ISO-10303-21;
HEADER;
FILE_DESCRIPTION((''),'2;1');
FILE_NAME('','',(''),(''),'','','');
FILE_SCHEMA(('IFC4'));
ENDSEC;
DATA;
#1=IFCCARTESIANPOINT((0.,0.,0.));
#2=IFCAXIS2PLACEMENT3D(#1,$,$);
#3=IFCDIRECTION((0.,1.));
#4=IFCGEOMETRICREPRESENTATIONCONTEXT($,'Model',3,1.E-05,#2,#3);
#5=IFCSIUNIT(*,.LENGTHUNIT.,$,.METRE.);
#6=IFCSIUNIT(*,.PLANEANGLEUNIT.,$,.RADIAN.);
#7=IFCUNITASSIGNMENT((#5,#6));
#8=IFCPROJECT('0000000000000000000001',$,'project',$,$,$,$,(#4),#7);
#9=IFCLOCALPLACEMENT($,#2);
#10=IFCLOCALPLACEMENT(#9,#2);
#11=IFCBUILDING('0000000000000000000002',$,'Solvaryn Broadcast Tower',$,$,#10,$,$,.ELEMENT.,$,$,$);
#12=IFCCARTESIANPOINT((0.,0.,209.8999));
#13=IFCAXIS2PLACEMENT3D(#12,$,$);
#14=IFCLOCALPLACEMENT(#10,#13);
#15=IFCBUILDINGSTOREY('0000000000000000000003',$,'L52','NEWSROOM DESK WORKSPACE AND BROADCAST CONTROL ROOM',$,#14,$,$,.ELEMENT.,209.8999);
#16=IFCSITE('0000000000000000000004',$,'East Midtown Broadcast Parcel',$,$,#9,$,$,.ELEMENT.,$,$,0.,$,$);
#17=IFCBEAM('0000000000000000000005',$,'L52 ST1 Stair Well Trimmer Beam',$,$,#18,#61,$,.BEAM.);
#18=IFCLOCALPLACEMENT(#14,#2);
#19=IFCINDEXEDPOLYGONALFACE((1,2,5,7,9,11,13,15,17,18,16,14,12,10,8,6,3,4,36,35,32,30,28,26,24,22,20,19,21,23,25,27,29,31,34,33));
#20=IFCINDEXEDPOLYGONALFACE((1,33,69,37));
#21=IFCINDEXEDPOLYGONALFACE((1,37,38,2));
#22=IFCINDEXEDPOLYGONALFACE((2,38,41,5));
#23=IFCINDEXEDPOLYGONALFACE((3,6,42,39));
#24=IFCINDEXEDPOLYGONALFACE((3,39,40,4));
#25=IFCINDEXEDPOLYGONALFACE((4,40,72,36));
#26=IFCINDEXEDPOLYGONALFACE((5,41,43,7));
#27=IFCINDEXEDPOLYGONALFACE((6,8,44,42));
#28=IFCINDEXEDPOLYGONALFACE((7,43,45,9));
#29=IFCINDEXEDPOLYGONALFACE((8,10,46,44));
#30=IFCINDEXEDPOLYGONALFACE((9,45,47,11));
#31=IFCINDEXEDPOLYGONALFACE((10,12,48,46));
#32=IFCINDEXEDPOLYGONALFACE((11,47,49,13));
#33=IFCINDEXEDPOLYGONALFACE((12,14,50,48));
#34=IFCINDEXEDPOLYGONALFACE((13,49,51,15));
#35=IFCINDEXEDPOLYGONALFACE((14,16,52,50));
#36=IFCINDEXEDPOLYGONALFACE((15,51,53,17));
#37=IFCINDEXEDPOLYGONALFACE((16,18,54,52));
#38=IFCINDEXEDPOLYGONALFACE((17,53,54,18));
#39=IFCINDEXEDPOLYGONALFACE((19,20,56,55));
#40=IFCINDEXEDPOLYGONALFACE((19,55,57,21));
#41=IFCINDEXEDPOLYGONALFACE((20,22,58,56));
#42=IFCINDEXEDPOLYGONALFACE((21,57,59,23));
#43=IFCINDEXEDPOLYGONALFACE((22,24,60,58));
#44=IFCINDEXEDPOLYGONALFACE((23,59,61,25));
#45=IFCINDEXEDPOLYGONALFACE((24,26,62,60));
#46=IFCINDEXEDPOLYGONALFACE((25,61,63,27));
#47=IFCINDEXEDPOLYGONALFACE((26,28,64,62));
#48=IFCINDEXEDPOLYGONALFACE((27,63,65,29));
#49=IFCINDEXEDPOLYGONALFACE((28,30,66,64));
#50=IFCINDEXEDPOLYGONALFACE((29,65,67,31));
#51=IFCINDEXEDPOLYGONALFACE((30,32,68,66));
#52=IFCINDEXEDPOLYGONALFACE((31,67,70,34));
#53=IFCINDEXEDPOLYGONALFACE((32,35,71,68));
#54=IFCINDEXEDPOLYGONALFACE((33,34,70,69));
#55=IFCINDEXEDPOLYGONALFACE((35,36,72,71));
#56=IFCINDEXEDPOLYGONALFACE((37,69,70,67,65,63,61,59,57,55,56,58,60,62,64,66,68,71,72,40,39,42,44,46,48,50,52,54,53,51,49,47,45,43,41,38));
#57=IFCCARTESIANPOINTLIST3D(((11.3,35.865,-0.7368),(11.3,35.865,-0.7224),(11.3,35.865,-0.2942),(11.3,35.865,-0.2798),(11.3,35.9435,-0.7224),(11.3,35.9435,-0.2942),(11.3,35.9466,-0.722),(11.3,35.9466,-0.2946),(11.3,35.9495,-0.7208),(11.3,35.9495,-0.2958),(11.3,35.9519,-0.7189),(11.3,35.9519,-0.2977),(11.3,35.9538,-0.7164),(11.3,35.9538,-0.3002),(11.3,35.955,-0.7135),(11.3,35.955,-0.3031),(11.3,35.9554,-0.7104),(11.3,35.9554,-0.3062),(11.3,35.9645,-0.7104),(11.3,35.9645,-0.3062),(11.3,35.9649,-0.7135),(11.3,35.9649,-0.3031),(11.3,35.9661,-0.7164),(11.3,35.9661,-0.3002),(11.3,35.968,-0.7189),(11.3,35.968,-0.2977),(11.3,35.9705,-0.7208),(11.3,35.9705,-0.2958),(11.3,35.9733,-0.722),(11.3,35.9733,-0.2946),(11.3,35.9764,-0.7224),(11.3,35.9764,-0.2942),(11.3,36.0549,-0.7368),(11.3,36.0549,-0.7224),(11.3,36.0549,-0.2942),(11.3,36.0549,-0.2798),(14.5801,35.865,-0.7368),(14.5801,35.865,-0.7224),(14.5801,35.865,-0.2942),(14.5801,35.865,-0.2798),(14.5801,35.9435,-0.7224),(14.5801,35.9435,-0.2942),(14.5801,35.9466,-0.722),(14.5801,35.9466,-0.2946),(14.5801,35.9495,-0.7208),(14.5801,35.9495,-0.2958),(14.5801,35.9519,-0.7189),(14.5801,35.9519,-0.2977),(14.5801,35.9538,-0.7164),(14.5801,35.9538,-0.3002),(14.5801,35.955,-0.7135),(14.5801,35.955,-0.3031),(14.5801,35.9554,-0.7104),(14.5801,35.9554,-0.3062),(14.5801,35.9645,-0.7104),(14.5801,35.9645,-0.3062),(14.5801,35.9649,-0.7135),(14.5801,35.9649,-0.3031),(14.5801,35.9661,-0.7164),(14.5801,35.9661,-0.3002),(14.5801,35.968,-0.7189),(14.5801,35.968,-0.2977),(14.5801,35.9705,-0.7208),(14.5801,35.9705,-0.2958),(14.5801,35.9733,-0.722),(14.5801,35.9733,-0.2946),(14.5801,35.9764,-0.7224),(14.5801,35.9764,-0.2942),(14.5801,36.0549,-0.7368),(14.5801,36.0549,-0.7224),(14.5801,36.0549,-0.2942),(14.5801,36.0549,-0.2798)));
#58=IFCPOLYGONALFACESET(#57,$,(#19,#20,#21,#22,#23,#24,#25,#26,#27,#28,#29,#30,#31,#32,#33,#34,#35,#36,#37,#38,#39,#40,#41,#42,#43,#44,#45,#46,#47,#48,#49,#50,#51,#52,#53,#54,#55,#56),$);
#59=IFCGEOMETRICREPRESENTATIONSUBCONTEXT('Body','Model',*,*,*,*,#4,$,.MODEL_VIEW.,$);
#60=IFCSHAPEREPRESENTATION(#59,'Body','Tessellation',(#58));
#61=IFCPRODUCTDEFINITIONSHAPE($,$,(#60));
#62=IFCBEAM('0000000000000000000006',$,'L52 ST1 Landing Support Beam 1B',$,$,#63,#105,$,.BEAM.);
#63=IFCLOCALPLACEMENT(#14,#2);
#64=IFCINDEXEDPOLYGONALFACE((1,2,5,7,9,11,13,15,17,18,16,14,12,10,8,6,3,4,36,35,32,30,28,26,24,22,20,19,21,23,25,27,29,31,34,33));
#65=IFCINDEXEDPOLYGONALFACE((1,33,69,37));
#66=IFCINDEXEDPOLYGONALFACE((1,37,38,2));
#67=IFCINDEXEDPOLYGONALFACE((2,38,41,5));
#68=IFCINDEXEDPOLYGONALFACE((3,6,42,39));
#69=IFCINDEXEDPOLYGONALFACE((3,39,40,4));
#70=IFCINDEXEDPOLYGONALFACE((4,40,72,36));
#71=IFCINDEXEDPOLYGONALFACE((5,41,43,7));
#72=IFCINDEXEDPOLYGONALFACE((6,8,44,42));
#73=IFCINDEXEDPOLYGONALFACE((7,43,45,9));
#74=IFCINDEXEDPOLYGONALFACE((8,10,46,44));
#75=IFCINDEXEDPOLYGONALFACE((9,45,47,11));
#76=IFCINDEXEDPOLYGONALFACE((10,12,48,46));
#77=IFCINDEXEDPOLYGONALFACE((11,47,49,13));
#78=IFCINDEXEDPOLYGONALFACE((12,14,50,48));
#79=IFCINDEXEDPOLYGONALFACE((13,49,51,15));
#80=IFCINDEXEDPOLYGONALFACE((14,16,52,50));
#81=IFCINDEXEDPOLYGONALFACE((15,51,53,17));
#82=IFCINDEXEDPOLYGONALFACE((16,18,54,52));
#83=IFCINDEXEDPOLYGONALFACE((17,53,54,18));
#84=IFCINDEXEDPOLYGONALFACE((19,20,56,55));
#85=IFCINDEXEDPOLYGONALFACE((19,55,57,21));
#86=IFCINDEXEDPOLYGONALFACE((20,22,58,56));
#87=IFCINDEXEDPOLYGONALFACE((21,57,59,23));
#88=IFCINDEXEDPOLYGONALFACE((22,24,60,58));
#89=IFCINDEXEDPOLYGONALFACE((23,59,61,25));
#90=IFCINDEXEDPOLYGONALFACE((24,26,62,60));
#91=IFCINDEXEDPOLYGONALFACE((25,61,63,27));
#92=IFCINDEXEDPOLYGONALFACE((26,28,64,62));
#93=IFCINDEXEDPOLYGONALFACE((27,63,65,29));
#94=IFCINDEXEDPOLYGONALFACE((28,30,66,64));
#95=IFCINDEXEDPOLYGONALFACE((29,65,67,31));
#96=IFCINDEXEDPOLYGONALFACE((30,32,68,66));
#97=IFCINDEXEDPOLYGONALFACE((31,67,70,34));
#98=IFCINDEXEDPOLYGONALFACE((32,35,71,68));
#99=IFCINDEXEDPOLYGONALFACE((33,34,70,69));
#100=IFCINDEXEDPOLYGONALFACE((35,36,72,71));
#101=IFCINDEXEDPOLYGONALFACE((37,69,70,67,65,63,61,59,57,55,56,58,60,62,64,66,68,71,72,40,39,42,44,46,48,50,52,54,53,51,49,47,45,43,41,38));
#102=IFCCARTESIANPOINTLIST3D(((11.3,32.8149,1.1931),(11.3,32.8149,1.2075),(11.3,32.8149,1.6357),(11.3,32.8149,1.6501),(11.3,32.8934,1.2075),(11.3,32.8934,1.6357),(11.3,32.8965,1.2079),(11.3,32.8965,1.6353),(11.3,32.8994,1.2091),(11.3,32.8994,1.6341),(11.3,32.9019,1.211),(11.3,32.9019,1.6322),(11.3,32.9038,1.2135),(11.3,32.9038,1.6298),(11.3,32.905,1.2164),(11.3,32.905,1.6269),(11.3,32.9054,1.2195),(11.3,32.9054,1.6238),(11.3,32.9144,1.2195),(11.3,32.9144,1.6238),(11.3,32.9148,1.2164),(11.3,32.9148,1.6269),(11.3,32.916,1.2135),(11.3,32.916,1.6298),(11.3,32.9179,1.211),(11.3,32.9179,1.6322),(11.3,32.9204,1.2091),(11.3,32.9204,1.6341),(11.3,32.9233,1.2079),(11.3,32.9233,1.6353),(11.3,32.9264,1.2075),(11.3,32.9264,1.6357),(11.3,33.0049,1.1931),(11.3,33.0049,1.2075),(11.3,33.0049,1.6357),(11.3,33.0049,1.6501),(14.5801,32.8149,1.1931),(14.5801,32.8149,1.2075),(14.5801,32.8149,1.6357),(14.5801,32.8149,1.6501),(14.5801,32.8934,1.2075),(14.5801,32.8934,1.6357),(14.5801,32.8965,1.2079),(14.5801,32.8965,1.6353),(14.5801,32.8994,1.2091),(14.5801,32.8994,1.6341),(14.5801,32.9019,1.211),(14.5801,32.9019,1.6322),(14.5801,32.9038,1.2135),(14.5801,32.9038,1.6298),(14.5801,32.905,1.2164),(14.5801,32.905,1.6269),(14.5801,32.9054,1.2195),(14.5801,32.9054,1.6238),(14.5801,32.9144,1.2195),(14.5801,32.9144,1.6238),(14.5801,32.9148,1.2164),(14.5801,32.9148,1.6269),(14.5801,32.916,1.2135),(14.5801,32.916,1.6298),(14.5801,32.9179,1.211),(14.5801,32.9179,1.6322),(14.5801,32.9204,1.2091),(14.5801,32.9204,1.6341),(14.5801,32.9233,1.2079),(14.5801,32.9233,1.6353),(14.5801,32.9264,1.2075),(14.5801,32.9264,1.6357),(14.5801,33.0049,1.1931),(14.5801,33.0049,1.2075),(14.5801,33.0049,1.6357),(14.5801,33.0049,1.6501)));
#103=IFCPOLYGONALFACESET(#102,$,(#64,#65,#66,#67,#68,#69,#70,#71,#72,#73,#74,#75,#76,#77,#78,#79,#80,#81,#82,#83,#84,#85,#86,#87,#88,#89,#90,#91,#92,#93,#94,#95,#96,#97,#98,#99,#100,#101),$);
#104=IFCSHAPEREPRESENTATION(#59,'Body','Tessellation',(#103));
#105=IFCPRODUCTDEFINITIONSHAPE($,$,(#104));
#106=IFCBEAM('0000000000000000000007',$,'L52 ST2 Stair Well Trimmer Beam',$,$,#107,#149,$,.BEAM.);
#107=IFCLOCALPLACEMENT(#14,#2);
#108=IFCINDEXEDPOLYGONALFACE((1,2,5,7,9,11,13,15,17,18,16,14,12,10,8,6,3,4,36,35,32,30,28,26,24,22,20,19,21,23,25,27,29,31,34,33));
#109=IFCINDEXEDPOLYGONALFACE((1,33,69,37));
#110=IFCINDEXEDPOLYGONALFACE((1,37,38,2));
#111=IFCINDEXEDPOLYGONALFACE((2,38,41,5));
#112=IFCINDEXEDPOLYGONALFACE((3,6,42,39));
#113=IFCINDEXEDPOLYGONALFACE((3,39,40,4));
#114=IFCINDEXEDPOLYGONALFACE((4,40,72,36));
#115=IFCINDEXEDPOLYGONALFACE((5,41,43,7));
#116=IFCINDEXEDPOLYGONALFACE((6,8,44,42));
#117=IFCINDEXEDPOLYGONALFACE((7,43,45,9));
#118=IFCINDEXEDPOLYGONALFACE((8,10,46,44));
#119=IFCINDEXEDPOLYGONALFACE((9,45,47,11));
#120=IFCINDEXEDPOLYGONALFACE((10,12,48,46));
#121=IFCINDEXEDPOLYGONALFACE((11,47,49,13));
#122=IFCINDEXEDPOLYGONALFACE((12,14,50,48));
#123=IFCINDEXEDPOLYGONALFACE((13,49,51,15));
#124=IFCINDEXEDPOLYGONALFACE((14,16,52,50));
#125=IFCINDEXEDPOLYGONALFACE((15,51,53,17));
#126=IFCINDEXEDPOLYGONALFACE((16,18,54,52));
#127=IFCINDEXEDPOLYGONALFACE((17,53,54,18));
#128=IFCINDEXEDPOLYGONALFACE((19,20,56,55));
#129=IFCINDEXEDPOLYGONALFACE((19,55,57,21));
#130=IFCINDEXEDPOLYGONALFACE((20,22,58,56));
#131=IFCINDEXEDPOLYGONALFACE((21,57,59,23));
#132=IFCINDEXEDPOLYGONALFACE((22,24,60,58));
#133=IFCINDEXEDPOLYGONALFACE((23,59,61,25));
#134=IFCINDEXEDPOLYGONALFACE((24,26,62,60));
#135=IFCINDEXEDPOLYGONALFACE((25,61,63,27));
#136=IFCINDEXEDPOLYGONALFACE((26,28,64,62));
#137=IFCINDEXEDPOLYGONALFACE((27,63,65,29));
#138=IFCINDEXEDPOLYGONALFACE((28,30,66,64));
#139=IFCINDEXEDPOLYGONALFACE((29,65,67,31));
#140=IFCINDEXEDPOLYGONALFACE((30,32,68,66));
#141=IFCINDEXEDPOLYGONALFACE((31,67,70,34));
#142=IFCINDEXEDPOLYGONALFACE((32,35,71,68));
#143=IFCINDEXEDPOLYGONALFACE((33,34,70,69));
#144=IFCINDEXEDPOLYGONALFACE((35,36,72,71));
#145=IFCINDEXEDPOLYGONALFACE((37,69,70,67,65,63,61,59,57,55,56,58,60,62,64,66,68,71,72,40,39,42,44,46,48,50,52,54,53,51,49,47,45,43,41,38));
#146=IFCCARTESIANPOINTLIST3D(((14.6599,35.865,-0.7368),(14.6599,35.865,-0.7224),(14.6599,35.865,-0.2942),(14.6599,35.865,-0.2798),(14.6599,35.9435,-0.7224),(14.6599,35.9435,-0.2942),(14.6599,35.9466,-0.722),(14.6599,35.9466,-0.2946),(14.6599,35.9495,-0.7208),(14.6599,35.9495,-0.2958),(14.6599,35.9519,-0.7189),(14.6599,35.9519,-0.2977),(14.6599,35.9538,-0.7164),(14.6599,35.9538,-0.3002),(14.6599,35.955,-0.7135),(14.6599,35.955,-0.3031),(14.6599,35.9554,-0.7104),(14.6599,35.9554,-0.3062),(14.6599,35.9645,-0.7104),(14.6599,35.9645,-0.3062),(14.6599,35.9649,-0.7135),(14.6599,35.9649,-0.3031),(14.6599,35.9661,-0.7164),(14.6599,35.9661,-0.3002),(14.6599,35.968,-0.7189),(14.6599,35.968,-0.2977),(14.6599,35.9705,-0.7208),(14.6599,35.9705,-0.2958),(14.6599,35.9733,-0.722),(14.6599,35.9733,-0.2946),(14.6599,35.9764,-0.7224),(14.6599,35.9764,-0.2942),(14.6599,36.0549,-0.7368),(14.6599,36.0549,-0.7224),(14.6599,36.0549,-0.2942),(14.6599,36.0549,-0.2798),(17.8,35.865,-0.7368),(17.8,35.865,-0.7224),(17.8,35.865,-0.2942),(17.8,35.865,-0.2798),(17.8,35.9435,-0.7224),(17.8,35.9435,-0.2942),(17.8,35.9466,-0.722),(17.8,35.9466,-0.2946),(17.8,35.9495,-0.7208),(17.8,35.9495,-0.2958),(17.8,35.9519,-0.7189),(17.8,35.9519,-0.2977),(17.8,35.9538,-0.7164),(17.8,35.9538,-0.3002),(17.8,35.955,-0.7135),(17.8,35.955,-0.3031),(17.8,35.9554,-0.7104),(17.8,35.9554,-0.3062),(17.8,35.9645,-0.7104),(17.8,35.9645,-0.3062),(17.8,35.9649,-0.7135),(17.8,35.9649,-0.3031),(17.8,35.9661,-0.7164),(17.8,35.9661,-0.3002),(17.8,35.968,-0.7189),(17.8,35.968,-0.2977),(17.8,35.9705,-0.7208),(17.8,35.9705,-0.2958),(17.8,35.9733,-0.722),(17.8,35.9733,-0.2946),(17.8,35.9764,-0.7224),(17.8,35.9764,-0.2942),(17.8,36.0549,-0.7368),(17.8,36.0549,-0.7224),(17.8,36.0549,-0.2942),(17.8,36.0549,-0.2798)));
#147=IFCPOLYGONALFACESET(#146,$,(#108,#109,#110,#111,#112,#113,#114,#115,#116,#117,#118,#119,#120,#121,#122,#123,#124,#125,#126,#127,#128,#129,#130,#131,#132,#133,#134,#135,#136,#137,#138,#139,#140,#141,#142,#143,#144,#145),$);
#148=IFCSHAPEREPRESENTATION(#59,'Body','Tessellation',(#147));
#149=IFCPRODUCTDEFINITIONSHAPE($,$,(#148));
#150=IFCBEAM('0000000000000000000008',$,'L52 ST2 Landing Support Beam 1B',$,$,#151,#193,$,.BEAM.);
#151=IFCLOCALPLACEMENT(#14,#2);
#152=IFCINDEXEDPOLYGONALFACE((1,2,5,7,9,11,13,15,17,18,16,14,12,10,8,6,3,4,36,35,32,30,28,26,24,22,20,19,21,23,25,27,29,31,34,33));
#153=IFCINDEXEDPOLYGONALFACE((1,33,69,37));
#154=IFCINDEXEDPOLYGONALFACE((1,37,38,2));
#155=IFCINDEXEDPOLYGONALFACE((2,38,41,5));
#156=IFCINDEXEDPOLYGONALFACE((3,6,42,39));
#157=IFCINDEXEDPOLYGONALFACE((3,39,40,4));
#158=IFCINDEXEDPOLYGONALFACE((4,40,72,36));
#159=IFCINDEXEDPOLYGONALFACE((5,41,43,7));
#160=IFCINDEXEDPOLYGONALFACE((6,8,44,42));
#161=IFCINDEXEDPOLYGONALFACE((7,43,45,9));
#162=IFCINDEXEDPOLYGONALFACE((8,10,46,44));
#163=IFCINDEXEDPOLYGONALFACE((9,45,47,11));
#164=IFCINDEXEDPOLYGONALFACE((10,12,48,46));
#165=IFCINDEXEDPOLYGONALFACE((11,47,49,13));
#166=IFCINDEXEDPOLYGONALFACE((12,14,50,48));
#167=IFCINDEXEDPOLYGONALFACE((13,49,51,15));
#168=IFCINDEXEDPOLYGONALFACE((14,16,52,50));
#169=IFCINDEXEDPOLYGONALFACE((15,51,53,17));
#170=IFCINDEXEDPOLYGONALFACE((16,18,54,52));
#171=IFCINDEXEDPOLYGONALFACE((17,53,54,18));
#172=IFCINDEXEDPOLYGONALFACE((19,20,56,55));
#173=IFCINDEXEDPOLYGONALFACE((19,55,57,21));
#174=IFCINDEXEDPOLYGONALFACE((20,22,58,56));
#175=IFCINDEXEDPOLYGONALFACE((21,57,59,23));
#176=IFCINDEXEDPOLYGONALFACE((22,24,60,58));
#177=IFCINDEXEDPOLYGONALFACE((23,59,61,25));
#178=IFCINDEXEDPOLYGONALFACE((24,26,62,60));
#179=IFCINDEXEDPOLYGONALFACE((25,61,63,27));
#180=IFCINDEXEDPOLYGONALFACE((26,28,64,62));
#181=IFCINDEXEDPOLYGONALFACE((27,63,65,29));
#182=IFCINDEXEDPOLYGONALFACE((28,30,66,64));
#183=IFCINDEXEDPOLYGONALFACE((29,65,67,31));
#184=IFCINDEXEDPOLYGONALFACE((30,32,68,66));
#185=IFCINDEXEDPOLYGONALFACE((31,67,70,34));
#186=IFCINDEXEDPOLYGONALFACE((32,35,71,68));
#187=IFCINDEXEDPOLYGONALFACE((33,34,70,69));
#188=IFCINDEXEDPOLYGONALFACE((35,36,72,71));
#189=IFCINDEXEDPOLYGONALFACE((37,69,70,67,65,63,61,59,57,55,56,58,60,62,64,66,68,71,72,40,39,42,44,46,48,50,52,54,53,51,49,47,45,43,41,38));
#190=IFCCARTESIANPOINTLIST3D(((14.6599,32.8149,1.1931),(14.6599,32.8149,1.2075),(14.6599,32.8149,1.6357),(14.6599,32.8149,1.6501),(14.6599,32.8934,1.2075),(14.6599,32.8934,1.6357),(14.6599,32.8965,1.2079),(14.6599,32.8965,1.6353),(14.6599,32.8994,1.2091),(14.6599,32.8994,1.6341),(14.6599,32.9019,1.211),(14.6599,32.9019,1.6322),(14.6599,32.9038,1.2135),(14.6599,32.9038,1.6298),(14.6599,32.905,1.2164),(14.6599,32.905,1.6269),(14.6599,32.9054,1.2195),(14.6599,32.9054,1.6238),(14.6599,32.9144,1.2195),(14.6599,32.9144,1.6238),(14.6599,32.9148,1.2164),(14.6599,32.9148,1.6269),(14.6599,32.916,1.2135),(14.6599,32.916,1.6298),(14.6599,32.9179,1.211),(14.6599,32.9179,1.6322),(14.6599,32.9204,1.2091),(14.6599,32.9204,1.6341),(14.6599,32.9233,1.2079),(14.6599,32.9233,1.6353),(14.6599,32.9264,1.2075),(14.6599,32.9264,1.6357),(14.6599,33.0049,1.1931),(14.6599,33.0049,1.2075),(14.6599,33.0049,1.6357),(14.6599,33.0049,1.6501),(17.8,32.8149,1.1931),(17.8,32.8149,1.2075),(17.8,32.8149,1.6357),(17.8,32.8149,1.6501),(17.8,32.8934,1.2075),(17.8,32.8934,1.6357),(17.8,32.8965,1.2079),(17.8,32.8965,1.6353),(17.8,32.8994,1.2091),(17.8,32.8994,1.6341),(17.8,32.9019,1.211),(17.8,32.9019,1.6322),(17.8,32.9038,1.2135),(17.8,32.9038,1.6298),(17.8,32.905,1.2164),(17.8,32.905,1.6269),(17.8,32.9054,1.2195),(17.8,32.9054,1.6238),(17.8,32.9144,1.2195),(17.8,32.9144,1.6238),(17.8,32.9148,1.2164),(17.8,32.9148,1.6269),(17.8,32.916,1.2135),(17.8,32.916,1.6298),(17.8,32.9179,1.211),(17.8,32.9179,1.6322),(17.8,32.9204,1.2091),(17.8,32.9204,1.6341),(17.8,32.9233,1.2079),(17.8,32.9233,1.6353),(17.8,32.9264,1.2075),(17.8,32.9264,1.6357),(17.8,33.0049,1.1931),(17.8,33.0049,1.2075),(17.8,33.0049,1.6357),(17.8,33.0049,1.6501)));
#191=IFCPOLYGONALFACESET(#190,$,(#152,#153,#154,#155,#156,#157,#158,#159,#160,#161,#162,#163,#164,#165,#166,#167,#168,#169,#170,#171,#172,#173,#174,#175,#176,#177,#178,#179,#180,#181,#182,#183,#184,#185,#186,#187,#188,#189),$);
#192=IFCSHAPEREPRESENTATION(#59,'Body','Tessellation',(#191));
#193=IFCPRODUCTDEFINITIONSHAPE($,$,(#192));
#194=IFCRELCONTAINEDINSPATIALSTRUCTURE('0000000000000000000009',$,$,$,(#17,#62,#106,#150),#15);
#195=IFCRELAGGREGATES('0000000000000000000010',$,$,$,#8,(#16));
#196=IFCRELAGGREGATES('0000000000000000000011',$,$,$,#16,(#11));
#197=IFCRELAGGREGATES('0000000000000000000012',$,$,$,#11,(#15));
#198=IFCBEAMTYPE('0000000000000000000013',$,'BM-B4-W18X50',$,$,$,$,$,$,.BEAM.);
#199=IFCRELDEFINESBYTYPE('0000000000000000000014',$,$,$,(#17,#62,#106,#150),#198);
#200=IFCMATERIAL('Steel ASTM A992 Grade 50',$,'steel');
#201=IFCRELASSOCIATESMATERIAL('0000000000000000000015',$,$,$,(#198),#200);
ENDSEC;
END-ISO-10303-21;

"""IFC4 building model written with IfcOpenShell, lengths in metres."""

from ifc_helpers import new_model, si_unit, direction, frame, origin, origin_2d, place, context, subcontext, project, spatial, i_section, extrude, material, material_profile, profile_set, type_object, element, save


model = new_model("IFC4")

# Units and contexts
model_context = context("Model", 3, precision=1e-05, world=origin(), true_north=direction((0.0, 1.0)))
body_context = subcontext(model_context, "Body", "Model", "MODEL_VIEW")
ifc_project = project(units=[si_unit("LENGTHUNIT", "METRE"), si_unit("PLANEANGLEUNIT", "RADIAN")], contexts=[model_context])

# Site, building, storey
site_placement = place(None, origin())
site = spatial("IfcSite", under=ifc_project, at=site_placement, Name="East Midtown Broadcast Parcel", CompositionType="ELEMENT", RefElevation=0.0)
building_placement = place(site_placement, origin())
building = spatial("IfcBuilding", under=site, at=building_placement, Name="Solvaryn Broadcast Tower", CompositionType="ELEMENT")
storey_placement = place(building_placement, frame((0.0, 0.0, 209.8999)))
storey = spatial("IfcBuildingStorey", under=building, at=storey_placement, Name="L52", Description="NEWSROOM DESK WORKSPACE AND BROADCAST CONTROL ROOM", CompositionType="ELEMENT", Elevation=209.8999)

# Beams
ifc_material_1 = material(Name="Steel ASTM A992 Grade 50", Category="steel")
ifc_material_profile = material_profile(ifc_material_1, i_section(OverallWidth=0.1899, OverallDepth=0.457, WebThickness=0.009, FlangeThickness=0.0144, FilletRadius=0.012, at=origin_2d()))
ifc_profile_set = profile_set([ifc_material_profile], Name="Steel ASTM A992 Grade 50")
beam_type = type_object("IfcBeamType", Name="BM-B4-W18X50", PredefinedType="BEAM", material=ifc_profile_set)
for number, where, z_axis, x_axis, name in (
    (1, (11.3, 35.96, -0.5083), (1.0, 0.0, 0.0), (0.0, 1.0, 0.0), "L52 ST1 Stair Well Trimmer Beam"),
    (2, (11.3, 32.9099, 1.4216), (1.0, 0.0, 0.0), (0.0, 1.0, 0.0), "L52 ST1 Landing Support Beam 1B"),
):
    element("IfcBeam", number, at=place(storey_placement, frame(where, z_axis=z_axis, x_axis=x_axis)), inside=storey, type_object=beam_type, Name=name, PredefinedType="BEAM", context=body_context, shape_type="SweptSolid", body=[
        extrude(i_section(OverallWidth=0.1899, OverallDepth=0.457, WebThickness=0.009, FlangeThickness=0.0144, FilletRadius=0.012, at=origin_2d()), origin(), (0.0, 0.0, 1.0), 3.28),
    ])
for number, where, z_axis, x_axis, name in (
    (3, (14.6599, 35.96, -0.5083), (1.0, 0.0, 0.0), (0.0, 1.0, 0.0), "L52 ST2 Stair Well Trimmer Beam"),
    (4, (14.6599, 32.9099, 1.4216), (1.0, 0.0, 0.0), (0.0, 1.0, 0.0), "L52 ST2 Landing Support Beam 1B"),
):
    element("IfcBeam", number, at=place(storey_placement, frame(where, z_axis=z_axis, x_axis=x_axis)), inside=storey, type_object=beam_type, Name=name, PredefinedType="BEAM", context=body_context, shape_type="SweptSolid", body=[
        extrude(i_section(OverallWidth=0.1899, OverallDepth=0.457, WebThickness=0.009, FlangeThickness=0.0144, FilletRadius=0.012, at=origin_2d()), origin(), (0.0, 0.0, 1.0), 3.1401),
    ])

save(model, "model.ifc")
